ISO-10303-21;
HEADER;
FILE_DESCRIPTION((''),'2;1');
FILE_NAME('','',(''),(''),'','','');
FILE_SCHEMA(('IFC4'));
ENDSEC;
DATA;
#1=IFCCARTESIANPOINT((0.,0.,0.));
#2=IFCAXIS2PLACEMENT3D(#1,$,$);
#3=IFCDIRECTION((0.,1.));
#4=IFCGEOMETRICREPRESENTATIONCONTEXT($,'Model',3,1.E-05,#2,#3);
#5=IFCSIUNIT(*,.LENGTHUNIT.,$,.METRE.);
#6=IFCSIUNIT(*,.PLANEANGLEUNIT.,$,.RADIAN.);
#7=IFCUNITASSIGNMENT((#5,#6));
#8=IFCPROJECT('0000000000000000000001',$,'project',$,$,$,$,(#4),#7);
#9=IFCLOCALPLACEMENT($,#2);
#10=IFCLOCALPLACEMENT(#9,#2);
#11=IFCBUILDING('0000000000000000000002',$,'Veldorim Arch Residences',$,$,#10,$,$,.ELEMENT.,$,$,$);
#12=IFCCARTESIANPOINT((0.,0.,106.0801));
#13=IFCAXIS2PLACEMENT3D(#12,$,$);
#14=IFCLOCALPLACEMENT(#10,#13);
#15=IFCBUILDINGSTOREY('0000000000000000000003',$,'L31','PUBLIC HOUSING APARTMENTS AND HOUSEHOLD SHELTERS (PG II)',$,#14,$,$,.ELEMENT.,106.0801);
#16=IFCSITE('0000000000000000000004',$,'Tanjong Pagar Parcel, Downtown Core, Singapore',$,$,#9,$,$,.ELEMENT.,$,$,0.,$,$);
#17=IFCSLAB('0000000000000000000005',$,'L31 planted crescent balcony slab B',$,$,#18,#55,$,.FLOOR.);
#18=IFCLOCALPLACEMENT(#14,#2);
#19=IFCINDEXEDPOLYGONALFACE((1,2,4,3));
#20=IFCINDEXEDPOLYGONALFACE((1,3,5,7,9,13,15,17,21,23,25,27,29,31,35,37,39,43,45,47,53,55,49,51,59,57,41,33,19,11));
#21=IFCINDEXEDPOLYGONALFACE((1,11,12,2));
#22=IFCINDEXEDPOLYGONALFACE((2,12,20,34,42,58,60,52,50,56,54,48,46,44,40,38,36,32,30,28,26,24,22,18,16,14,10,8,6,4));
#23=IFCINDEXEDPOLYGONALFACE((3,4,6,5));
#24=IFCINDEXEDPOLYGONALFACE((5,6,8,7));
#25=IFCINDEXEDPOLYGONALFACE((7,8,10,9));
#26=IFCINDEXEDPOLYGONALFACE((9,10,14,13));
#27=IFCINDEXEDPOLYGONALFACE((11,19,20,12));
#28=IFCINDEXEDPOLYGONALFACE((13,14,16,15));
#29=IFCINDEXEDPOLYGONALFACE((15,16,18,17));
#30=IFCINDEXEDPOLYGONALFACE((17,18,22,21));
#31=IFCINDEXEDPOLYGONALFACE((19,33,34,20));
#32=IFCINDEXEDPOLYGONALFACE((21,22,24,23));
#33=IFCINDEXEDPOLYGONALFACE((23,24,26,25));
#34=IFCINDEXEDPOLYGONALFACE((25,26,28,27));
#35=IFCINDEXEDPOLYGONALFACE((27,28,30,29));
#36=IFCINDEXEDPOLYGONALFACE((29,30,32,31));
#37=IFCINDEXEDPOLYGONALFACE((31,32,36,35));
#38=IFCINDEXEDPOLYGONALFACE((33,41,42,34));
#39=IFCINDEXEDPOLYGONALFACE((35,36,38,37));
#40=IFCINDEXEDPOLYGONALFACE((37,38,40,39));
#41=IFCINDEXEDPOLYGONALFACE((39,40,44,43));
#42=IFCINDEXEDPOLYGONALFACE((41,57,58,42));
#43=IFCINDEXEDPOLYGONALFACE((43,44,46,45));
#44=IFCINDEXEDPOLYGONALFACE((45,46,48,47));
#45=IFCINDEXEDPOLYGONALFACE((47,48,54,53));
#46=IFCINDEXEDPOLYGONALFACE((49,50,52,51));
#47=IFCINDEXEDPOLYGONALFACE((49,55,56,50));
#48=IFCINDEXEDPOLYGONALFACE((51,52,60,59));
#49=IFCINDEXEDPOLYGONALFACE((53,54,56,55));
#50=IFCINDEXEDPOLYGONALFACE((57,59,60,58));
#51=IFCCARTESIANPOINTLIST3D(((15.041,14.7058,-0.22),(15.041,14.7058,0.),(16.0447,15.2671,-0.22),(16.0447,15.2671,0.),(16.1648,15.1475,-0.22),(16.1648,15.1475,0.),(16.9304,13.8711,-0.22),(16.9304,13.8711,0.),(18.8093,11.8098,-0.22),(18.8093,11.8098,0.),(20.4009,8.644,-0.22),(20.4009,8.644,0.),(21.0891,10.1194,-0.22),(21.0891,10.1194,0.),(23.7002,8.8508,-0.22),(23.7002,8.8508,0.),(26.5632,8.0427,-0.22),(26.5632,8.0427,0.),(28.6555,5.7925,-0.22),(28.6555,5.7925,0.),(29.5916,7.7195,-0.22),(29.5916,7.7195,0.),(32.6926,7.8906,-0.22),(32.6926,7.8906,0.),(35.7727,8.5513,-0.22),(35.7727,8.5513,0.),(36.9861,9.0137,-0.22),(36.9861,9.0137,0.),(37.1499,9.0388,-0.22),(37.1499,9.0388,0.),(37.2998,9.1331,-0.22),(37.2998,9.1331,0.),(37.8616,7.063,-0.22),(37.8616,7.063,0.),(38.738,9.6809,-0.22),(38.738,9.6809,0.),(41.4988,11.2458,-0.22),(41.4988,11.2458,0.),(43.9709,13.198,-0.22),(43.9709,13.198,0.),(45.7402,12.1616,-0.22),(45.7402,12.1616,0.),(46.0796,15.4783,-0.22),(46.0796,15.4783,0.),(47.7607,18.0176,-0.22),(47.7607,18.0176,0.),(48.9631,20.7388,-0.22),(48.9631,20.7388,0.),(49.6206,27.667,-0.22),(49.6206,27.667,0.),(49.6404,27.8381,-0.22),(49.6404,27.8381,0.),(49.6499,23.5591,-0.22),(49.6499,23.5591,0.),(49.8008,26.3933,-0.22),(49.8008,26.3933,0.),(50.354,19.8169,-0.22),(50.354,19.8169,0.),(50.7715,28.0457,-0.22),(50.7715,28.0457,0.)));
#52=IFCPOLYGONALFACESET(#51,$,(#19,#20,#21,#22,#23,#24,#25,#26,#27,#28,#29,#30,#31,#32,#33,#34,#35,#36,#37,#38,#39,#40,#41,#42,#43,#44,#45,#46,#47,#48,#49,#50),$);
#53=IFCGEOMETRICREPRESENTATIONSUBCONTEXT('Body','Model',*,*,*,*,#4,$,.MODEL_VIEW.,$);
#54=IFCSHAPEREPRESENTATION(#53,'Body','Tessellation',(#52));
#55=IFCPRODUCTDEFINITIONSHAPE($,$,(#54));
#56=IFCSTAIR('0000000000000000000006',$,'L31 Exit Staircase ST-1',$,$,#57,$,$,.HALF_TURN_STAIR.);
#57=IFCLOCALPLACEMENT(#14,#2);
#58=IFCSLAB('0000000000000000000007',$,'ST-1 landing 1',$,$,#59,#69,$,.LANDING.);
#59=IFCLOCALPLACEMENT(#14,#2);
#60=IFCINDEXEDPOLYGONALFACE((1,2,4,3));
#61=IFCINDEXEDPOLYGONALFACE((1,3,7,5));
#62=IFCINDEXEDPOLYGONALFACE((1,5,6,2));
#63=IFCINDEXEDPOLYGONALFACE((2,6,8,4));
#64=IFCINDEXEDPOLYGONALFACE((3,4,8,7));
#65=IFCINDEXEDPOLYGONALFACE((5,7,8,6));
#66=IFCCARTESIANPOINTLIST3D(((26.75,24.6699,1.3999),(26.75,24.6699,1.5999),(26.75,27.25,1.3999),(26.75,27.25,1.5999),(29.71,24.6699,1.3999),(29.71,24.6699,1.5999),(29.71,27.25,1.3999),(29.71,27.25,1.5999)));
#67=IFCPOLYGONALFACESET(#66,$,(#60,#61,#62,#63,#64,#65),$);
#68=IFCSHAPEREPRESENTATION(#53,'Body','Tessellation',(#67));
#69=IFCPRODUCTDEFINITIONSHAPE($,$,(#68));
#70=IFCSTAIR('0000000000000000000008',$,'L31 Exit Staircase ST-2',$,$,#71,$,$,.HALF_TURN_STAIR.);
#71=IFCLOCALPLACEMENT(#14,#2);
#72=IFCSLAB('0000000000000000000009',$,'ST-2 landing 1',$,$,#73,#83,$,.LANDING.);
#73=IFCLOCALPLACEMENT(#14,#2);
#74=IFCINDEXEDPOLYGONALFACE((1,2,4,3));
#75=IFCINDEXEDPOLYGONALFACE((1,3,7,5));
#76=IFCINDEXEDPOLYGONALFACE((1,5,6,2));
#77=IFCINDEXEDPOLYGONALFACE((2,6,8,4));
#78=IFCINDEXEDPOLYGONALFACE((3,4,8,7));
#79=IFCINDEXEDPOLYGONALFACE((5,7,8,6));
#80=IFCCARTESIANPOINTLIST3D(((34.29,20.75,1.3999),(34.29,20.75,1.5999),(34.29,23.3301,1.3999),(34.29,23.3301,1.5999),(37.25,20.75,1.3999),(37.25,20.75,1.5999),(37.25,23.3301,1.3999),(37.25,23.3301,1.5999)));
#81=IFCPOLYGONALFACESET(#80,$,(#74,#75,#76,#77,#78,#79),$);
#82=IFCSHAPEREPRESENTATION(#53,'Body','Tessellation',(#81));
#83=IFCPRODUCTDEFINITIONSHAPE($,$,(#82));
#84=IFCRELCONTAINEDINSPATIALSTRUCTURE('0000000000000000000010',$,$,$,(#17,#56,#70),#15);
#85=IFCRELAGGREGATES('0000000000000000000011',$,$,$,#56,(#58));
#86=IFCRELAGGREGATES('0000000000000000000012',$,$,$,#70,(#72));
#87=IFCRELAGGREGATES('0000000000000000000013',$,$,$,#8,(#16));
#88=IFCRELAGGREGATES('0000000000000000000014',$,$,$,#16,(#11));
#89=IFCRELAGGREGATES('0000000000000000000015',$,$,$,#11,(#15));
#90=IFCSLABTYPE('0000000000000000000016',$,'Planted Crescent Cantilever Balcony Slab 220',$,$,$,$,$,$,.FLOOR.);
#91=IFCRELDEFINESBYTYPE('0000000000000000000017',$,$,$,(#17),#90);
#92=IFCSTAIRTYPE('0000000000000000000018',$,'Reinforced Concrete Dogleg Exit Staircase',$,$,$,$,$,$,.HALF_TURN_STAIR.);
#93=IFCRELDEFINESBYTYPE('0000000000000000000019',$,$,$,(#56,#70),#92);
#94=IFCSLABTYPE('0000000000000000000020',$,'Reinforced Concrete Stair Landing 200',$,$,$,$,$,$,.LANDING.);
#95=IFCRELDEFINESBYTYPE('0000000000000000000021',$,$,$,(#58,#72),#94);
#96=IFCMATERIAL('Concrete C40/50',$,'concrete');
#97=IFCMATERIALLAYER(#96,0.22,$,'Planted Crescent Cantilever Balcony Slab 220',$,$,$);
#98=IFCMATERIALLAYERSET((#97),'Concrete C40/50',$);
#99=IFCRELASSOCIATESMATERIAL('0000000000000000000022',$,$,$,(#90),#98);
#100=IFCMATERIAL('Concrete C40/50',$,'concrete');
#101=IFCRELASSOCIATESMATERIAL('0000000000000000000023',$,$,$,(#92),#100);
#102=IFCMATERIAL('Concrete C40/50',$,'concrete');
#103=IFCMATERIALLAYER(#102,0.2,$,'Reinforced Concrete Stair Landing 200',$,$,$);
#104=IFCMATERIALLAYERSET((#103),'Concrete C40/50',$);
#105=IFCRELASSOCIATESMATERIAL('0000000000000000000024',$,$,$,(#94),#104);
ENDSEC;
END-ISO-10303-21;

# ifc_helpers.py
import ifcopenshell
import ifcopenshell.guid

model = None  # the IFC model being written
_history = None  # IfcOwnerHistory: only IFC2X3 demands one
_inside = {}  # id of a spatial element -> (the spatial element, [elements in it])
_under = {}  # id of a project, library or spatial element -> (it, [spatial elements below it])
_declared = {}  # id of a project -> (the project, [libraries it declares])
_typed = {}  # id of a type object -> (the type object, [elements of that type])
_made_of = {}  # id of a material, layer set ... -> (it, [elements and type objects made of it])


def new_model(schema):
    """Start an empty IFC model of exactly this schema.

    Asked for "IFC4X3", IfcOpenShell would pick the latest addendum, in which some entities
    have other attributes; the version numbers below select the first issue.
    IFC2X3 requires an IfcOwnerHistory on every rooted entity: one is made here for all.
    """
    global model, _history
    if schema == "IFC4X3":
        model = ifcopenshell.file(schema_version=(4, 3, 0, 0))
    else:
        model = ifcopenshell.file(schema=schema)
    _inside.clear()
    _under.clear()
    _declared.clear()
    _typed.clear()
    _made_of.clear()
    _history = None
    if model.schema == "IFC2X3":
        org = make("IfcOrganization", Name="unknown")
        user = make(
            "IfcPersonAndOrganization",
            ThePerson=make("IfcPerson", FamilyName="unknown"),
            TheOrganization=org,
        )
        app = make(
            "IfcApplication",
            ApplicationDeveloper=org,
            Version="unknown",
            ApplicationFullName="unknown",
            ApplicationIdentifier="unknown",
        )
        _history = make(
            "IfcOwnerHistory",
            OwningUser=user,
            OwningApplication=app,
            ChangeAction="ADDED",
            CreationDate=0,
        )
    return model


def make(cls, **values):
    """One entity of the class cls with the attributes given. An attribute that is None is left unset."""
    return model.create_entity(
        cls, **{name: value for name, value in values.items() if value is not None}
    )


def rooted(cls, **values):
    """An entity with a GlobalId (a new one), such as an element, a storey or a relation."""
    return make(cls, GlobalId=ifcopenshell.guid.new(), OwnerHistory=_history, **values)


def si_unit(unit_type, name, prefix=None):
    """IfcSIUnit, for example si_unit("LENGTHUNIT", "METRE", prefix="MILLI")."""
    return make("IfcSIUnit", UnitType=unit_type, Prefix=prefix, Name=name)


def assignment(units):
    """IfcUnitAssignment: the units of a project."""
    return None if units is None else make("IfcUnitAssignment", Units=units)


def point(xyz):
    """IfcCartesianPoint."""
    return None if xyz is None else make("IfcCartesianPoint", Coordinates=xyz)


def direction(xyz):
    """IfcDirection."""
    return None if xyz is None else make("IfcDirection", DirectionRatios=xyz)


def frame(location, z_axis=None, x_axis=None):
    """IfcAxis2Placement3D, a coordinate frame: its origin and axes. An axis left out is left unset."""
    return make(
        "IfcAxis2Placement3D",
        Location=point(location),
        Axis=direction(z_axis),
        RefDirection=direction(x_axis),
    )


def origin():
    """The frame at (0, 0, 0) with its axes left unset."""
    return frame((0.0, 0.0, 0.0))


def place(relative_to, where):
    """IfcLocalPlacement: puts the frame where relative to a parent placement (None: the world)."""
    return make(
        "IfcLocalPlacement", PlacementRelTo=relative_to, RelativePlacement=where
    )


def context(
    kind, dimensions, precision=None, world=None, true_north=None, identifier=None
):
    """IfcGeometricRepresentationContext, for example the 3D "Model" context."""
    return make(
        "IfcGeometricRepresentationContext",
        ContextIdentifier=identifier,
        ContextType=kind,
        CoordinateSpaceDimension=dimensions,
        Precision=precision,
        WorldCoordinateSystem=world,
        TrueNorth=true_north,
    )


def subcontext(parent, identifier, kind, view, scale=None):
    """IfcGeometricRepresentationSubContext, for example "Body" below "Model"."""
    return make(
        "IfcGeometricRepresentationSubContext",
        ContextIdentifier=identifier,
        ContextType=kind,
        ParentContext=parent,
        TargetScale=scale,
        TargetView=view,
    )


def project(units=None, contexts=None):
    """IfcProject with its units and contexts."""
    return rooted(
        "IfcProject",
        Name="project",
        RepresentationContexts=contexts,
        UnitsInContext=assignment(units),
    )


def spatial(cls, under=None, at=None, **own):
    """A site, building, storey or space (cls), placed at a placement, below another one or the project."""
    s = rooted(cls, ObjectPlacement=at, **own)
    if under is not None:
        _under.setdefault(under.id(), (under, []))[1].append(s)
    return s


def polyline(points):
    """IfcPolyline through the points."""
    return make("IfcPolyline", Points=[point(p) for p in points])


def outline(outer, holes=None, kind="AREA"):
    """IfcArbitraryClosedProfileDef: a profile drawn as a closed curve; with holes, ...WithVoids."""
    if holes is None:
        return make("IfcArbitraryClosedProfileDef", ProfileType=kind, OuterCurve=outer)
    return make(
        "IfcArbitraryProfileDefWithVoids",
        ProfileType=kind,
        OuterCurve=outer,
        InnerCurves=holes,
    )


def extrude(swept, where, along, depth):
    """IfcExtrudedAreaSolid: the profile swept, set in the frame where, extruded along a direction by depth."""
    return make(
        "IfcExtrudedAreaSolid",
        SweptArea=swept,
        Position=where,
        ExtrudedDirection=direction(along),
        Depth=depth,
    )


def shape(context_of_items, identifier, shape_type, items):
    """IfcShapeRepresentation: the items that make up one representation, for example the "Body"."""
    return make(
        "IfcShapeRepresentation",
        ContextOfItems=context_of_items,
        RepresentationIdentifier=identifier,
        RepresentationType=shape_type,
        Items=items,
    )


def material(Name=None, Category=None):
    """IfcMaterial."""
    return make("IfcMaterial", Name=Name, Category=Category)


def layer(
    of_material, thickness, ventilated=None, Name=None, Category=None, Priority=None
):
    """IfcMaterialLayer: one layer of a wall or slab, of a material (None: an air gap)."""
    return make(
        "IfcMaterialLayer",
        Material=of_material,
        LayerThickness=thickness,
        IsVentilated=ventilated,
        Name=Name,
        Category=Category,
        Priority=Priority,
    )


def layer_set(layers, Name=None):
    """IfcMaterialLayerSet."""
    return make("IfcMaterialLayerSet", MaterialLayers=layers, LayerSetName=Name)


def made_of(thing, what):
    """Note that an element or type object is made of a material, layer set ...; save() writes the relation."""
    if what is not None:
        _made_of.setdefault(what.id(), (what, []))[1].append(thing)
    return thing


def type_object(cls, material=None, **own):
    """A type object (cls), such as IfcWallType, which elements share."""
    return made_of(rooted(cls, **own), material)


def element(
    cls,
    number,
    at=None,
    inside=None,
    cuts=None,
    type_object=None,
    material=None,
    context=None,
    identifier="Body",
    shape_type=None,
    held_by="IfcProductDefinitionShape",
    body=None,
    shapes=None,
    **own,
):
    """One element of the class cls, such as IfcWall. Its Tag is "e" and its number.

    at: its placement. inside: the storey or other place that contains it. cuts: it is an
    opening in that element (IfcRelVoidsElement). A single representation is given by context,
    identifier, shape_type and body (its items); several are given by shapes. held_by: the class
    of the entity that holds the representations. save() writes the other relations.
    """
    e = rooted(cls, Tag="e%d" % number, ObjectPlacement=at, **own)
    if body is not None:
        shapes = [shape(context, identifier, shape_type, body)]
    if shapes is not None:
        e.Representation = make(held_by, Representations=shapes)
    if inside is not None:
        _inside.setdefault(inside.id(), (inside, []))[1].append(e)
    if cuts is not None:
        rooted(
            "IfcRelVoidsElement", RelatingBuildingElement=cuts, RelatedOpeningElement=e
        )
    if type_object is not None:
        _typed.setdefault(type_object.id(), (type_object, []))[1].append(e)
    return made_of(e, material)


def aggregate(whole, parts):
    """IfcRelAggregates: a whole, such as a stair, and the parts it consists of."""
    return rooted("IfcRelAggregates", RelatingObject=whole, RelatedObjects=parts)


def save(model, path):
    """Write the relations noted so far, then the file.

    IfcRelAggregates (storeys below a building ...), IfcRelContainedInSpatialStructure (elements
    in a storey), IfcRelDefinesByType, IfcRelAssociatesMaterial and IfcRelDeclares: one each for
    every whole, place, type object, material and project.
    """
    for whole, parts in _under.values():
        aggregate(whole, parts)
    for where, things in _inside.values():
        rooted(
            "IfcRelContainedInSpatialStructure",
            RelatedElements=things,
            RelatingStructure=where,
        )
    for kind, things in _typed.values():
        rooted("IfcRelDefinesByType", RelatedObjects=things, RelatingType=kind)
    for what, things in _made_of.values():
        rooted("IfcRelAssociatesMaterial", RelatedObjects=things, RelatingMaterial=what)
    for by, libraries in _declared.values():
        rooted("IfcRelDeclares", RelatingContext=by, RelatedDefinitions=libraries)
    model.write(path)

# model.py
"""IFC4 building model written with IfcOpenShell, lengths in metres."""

from ifc_helpers import new_model, si_unit, direction, frame, origin, place, context, subcontext, project, spatial, polyline, outline, extrude, material, layer, layer_set, type_object, element, aggregate, save


model = new_model("IFC4")

# Units and contexts
model_context = context("Model", 3, precision=1e-05, world=origin(), true_north=direction((0.0, 1.0)))
body_context = subcontext(model_context, "Body", "Model", "MODEL_VIEW")
ifc_project = project(units=[si_unit("LENGTHUNIT", "METRE"), si_unit("PLANEANGLEUNIT", "RADIAN")], contexts=[model_context])

# Site, building, storey
site_placement = place(None, origin())
site = spatial("IfcSite", under=ifc_project, at=site_placement, Name="Tanjong Pagar Parcel, Downtown Core, Singapore", CompositionType="ELEMENT", RefElevation=0.0)
building_placement = place(site_placement, origin())
building = spatial("IfcBuilding", under=site, at=building_placement, Name="Veldorim Arch Residences", CompositionType="ELEMENT")
storey_placement = place(building_placement, frame((0.0, 0.0, 106.0801)))
storey = spatial("IfcBuildingStorey", under=building, at=storey_placement, Name="L31", Description="PUBLIC HOUSING APARTMENTS AND HOUSEHOLD SHELTERS (PG II)", CompositionType="ELEMENT", Elevation=106.0801)

# Slab
ifc_material_1 = material(Name="Concrete C40/50", Category="concrete")
ifc_layer_1 = layer(ifc_material_1, 0.22, Name="Planted Crescent Cantilever Balcony Slab 220")
ifc_layer_set_1 = layer_set([ifc_layer_1], Name="Concrete C40/50")
slab_type_1 = type_object("IfcSlabType", Name="Planted Crescent Cantilever Balcony Slab 220", PredefinedType="FLOOR", material=ifc_layer_set_1)
slab_1_placement = place(storey_placement, frame((0.0, 0.0, -0.22)))
element("IfcSlab", 1, at=slab_1_placement, inside=storey, type_object=slab_type_1, Name="L31 planted crescent balcony slab B", PredefinedType="FLOOR", context=body_context, shape_type="SweptSolid", body=[
    extrude(outline(polyline([(16.1648, 15.1475), (16.9304, 13.8711), (18.8093, 11.8098), (21.0891, 10.1194), (23.7002, 8.8508), (26.5632, 8.0427), (29.5916, 7.7195), (32.6926, 7.8906), (35.7727, 8.5513), (36.9861, 9.0137), (37.1499, 9.0388), (37.2998, 9.1331), (38.738, 9.6809), (41.4988, 11.2458), (43.9709, 13.198), (46.0796, 15.4783), (47.7607, 18.0176), (48.9631, 20.7388), (49.6499, 23.5591), (49.8008, 26.3933), (49.6206, 27.667), (49.6404, 27.8381), (50.7715, 28.0457), (50.354, 19.8169), (45.7402, 12.1616), (37.8616, 7.063), (28.6555, 5.7925), (20.4009, 8.644), (15.041, 14.7058), (16.0447, 15.2671), (16.1648, 15.1475)])), origin(), (0.0, 0.0, 1.0), 0.22),
])

# Stairs, slabs
ifc_material_2 = material(Name="Concrete C40/50", Category="concrete")
stair_type = type_object("IfcStairType", Name="Reinforced Concrete Dogleg Exit Staircase", PredefinedType="HALF_TURN_STAIR", material=ifc_material_2)
stair_1_placement = place(storey_placement, origin())
stair_1 = element("IfcStair", 2, at=stair_1_placement, inside=storey, type_object=stair_type, Name="L31 Exit Staircase ST-1", PredefinedType="HALF_TURN_STAIR")
ifc_material_3 = material(Name="Concrete C40/50", Category="concrete")
ifc_layer_2 = layer(ifc_material_3, 0.2, Name="Reinforced Concrete Stair Landing 200")
ifc_layer_set_2 = layer_set([ifc_layer_2], Name="Concrete C40/50")
slab_type_2 = type_object("IfcSlabType", Name="Reinforced Concrete Stair Landing 200", PredefinedType="LANDING", material=ifc_layer_set_2)
slab_2_placement = place(storey_placement, frame((0.0, 0.0, 1.3999)))
slab_2 = element("IfcSlab", 3, at=slab_2_placement, type_object=slab_type_2, Name="ST-1 landing 1", PredefinedType="LANDING", context=body_context, shape_type="SweptSolid", body=[
    extrude(outline(polyline([(29.71, 24.6699), (29.71, 27.25), (26.75, 27.25), (26.75, 24.6699), (29.71, 24.6699)])), origin(), (0.0, 0.0, 1.0), 0.2),
])
aggregate(stair_1, [slab_2])
stair_2_placement = place(storey_placement, origin())
stair_2 = element("IfcStair", 4, at=stair_2_placement, inside=storey, type_object=stair_type, Name="L31 Exit Staircase ST-2", PredefinedType="HALF_TURN_STAIR")
slab_3_placement = place(storey_placement, frame((0.0, 0.0, 1.3999)))
slab_3 = element("IfcSlab", 5, at=slab_3_placement, type_object=slab_type_2, Name="ST-2 landing 1", PredefinedType="LANDING", context=body_context, shape_type="SweptSolid", body=[
    extrude(outline(polyline([(34.29, 23.3301), (34.29, 20.75), (37.25, 20.75), (37.25, 23.3301), (34.29, 23.3301)])), origin(), (0.0, 0.0, 1.0), 0.2),
])
aggregate(stair_2, [slab_3])

save(model, "model.ifc")
